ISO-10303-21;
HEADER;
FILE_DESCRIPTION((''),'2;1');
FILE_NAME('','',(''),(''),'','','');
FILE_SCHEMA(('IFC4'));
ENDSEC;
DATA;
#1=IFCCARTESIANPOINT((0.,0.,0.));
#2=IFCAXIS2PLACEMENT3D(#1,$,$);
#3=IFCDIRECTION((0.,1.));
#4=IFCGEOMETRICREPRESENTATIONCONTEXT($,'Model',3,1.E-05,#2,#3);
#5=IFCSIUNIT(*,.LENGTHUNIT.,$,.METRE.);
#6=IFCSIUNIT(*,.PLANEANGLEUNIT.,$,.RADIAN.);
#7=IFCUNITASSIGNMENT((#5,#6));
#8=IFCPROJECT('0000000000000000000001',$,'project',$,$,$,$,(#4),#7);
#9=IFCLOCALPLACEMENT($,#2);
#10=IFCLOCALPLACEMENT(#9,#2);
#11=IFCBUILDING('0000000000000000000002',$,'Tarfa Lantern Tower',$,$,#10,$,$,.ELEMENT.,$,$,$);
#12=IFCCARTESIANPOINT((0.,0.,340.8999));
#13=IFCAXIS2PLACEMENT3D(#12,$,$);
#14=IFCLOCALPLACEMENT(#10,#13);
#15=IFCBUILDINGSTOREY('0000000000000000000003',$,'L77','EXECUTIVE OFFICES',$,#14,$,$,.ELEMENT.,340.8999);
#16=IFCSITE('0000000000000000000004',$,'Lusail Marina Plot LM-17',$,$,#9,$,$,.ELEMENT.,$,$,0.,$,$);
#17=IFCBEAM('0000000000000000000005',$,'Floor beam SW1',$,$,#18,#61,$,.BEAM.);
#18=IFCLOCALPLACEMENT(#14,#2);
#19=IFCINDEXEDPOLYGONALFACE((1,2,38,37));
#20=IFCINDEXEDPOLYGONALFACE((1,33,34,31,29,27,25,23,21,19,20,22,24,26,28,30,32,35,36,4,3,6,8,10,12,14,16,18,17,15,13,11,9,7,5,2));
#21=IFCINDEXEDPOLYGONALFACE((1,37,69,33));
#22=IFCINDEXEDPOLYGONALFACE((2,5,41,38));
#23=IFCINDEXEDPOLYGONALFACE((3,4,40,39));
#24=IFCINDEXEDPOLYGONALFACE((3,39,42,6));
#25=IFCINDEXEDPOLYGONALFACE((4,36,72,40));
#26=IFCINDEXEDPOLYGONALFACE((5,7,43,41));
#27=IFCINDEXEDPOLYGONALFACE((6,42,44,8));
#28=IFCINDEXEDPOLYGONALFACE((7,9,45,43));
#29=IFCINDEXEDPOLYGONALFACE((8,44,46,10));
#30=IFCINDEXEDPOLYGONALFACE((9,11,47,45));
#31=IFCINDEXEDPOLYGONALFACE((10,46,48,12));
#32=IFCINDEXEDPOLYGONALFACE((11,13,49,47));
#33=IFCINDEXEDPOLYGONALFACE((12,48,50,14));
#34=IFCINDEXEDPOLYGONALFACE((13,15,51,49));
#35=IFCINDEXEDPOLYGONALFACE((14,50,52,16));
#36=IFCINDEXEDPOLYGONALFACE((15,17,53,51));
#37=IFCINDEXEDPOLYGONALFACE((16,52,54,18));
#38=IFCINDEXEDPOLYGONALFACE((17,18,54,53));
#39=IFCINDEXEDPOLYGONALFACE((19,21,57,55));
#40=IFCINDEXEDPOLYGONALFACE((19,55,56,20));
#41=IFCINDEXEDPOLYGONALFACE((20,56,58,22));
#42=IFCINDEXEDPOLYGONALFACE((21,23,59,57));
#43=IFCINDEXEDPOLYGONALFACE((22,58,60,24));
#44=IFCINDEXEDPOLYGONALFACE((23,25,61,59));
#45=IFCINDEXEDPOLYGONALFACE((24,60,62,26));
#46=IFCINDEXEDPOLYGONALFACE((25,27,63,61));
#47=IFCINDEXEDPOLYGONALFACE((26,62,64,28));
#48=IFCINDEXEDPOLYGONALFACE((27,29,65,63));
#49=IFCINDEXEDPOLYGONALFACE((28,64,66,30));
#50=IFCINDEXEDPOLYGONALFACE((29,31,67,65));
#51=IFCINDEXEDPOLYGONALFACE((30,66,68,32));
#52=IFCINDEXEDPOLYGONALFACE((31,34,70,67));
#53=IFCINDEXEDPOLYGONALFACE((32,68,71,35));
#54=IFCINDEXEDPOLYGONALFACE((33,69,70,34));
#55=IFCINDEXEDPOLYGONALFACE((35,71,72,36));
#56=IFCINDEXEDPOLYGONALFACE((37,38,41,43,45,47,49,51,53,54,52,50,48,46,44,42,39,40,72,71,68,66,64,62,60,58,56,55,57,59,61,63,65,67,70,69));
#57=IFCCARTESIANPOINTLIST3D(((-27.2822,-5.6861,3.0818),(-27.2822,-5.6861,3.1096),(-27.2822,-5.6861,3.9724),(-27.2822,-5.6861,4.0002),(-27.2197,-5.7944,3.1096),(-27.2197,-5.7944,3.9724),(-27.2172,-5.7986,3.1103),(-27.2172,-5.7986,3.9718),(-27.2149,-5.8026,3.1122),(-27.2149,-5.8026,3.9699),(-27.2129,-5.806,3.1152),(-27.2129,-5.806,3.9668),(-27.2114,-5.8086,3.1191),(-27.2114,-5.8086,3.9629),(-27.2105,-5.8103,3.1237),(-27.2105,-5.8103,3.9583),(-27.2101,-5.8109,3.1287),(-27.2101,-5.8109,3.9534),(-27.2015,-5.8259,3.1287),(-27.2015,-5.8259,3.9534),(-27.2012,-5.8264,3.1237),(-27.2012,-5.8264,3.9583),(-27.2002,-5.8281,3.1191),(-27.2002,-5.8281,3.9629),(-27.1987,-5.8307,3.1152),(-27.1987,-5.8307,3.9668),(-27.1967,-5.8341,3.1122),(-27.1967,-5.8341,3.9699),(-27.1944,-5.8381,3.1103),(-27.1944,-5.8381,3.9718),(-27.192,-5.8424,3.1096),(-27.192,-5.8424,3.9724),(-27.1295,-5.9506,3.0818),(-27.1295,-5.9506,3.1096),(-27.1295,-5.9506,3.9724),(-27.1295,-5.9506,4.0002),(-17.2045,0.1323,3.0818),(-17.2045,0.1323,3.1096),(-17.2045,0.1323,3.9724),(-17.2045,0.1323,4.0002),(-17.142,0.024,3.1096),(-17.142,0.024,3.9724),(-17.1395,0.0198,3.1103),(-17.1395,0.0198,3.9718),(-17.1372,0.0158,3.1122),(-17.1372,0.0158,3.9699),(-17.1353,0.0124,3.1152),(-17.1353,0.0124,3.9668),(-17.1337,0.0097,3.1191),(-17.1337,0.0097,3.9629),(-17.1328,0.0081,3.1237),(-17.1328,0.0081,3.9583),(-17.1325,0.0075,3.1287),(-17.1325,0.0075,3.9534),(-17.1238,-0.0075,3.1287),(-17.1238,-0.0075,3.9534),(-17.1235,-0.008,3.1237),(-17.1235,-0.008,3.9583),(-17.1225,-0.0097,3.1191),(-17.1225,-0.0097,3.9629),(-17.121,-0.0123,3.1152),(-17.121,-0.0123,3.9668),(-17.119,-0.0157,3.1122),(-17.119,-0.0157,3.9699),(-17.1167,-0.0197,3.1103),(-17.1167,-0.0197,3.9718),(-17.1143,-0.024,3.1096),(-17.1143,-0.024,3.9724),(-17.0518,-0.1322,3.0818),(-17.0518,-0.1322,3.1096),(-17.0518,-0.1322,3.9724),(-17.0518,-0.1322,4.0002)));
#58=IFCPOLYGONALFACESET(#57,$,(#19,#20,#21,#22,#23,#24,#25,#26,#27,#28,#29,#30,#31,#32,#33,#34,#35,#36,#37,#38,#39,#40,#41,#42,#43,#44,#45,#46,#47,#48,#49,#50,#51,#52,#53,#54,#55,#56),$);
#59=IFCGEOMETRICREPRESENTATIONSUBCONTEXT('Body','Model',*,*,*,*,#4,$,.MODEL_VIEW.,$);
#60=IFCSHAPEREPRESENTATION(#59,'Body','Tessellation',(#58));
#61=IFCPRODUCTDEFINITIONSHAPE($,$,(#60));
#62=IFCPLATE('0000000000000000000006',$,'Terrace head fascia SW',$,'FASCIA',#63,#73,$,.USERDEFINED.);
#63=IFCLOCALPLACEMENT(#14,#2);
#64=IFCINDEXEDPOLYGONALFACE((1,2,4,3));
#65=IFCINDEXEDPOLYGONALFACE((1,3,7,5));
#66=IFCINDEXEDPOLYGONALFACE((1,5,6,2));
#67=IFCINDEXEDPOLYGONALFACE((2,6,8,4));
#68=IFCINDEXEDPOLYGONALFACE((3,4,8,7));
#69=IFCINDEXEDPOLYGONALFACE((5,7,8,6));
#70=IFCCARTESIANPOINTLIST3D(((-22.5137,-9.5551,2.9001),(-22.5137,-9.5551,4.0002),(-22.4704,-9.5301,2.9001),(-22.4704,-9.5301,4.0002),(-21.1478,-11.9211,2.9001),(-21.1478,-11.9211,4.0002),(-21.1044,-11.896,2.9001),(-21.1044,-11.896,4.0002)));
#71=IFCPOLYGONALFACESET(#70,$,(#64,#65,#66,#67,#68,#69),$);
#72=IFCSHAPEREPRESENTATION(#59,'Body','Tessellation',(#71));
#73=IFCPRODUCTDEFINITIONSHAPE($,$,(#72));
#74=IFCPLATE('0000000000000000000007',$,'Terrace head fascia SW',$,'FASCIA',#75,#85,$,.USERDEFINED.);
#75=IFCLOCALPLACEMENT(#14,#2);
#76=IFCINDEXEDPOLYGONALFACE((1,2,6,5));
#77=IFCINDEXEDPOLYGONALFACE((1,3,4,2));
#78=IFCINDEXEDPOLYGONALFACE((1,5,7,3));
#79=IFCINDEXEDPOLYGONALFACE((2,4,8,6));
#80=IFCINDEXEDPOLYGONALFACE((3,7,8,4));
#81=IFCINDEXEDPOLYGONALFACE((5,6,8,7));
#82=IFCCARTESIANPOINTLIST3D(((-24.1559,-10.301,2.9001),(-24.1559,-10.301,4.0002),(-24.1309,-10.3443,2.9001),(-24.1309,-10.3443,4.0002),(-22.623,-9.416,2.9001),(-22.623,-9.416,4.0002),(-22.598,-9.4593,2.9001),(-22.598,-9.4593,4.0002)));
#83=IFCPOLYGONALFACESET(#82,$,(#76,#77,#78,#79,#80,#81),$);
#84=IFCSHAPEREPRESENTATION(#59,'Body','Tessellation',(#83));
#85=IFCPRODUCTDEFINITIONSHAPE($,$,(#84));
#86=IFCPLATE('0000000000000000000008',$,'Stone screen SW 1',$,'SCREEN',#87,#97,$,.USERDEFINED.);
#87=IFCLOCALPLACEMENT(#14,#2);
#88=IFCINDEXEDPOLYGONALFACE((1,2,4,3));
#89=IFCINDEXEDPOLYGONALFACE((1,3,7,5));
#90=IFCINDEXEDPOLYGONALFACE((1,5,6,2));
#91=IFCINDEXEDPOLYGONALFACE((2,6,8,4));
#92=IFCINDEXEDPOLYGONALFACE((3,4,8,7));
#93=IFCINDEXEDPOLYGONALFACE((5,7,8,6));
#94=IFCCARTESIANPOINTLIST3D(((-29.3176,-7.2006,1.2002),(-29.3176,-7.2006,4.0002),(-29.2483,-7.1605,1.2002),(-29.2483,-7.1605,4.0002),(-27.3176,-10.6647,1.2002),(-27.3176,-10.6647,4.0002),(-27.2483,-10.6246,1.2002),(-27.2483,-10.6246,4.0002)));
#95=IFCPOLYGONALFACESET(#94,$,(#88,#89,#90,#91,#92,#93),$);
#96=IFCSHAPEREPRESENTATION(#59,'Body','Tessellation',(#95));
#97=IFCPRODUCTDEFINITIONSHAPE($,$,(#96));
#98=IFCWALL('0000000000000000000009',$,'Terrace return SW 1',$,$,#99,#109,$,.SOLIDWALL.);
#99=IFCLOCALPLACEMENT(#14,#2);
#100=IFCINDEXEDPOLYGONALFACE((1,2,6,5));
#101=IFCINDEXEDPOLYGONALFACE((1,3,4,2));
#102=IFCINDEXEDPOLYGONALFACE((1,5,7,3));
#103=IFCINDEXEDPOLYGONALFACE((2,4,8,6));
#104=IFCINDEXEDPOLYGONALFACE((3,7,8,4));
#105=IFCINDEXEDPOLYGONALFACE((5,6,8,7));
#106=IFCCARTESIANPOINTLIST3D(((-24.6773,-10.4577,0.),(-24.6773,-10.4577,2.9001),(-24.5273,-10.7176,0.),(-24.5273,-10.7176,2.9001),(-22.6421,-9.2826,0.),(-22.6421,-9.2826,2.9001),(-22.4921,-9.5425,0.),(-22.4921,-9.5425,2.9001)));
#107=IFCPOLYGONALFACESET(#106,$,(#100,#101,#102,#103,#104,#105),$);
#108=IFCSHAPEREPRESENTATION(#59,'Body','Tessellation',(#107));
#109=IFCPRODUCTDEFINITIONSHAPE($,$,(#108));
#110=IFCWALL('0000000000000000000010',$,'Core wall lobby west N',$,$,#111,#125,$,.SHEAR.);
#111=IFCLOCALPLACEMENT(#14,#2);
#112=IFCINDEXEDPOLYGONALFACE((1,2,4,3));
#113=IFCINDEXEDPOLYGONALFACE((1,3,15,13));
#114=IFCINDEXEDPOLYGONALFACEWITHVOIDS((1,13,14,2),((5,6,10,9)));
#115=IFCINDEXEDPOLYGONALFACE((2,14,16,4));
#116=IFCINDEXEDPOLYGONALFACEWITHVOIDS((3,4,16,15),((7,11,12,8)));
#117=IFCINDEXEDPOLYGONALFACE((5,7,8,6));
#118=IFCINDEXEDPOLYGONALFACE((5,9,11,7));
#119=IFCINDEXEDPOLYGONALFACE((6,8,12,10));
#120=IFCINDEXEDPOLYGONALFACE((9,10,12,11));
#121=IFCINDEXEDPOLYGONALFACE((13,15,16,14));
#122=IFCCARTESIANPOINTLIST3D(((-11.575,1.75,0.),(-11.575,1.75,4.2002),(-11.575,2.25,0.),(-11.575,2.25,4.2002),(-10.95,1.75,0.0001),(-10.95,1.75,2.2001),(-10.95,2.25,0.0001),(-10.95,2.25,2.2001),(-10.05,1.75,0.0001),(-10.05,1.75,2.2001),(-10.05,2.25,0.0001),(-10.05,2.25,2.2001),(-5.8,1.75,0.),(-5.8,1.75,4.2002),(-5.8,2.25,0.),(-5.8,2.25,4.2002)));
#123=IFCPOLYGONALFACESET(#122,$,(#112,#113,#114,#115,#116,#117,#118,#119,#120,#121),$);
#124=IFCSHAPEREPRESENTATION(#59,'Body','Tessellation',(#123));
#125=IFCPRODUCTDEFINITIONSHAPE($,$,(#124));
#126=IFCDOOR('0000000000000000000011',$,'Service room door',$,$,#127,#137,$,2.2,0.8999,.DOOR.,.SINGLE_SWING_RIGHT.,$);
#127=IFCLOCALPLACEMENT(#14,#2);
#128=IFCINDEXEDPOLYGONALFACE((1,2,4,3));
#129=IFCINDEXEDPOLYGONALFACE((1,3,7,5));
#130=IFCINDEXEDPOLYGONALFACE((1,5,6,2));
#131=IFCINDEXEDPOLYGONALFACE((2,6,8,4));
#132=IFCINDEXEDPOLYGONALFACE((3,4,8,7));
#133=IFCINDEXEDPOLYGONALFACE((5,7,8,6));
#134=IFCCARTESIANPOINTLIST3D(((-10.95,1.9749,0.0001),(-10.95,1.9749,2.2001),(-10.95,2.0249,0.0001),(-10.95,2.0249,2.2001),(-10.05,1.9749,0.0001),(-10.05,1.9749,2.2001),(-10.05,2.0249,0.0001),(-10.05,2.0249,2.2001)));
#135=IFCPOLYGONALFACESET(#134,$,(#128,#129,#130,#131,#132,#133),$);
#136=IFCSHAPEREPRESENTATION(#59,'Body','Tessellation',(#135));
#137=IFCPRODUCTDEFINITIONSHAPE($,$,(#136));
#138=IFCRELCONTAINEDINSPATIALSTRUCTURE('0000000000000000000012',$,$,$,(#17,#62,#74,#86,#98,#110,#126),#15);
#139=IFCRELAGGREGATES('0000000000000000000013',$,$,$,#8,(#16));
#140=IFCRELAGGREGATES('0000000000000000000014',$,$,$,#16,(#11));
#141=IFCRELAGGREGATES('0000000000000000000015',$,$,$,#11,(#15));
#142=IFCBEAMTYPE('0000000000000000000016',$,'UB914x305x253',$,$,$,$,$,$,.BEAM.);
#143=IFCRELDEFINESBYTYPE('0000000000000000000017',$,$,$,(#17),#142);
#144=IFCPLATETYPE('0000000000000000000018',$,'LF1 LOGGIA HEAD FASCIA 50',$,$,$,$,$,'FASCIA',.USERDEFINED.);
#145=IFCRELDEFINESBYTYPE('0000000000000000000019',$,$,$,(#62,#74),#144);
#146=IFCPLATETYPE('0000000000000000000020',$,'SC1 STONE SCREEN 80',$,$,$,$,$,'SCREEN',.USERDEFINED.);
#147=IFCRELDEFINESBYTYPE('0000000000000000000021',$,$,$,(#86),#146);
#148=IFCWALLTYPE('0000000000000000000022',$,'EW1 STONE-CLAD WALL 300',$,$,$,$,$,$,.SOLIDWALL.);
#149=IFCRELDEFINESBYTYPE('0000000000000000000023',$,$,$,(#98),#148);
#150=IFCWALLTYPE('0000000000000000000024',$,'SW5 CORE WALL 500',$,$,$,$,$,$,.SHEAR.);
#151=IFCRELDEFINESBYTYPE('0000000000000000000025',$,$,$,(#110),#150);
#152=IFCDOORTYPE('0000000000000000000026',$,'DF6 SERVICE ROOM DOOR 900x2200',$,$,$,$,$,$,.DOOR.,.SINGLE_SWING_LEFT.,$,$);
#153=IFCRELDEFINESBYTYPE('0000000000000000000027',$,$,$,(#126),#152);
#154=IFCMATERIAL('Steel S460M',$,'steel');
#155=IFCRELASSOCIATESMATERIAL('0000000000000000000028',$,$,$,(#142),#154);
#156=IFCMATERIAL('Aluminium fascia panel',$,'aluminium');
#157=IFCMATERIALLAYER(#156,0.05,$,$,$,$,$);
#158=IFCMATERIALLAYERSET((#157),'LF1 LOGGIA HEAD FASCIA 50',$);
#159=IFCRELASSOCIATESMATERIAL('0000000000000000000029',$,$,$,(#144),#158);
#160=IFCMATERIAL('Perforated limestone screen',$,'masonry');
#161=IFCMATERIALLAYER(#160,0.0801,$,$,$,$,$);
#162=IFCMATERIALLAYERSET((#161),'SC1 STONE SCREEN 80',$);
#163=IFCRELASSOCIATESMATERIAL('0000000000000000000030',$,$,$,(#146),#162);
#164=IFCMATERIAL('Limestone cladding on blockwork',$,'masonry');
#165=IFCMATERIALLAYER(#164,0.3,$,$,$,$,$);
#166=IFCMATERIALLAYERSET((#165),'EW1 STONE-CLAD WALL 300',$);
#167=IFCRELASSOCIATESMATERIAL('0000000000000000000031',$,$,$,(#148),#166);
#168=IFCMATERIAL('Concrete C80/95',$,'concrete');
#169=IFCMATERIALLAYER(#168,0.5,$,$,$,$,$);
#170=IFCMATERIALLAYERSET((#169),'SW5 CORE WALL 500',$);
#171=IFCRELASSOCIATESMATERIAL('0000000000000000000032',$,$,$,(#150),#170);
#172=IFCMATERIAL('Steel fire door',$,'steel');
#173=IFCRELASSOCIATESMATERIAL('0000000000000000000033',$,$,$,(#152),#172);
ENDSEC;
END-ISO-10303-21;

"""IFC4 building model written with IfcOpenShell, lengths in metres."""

from ifc_helpers import new_model, si_unit, direction, frame, frame_2d, origin, origin_2d, place, context, subcontext, project, spatial, rectangle, i_section, extrude, material, layer, layer_set, material_profile, profile_set, type_object, element, fill, save


model = new_model("IFC4")

# Units and contexts
model_context = context("Model", 3, precision=1e-05, world=origin(), true_north=direction((0.0, 1.0)))
body_context = subcontext(model_context, "Body", "Model", "MODEL_VIEW")
ifc_project = project(units=[si_unit("LENGTHUNIT", "METRE"), si_unit("PLANEANGLEUNIT", "RADIAN")], contexts=[model_context])

# Site, building, storey
site_placement = place(None, origin())
site = spatial("IfcSite", under=ifc_project, at=site_placement, Name="Lusail Marina Plot LM-17", CompositionType="ELEMENT", RefElevation=0.0)
building_placement = place(site_placement, origin())
building = spatial("IfcBuilding", under=site, at=building_placement, Name="Tarfa Lantern Tower", CompositionType="ELEMENT")
storey_placement = place(building_placement, frame((0.0, 0.0, 340.8999)))
storey = spatial("IfcBuildingStorey", under=building, at=storey_placement, Name="L77", Description="EXECUTIVE OFFICES", CompositionType="ELEMENT", Elevation=340.8999)

# Shared definitions
ifc_material_1 = material(Name="Concrete C80/95", Category="concrete")

# Beam
ifc_material_2 = material(Name="Steel S460M", Category="steel")
ifc_material_profile_1 = material_profile(ifc_material_2, i_section(OverallWidth=0.3054, OverallDepth=0.9185, WebThickness=0.0173, FlangeThickness=0.0278, FilletRadius=0.019, at=origin_2d()), Name="UB914x305x253")
ifc_profile_set_1 = profile_set([ifc_material_profile_1], Name="Steel S460M")
beam_type_1 = type_object("IfcBeamType", Name="UB914x305x253", PredefinedType="BEAM", material=ifc_profile_set_1)
beam_1_placement = place(storey_placement, frame((-27.2058, -5.8184, 3.541), z_axis=(0.866024, 0.500002, 0.0), x_axis=(-0.500002, 0.866024, 0.0)))
element("IfcBeam", 1, at=beam_1_placement, inside=storey, type_object=beam_type_1, Name="Floor beam SW1", PredefinedType="BEAM", context=body_context, shape_type="SweptSolid", body=[
    extrude(i_section(OverallWidth=0.3054, OverallDepth=0.9185, WebThickness=0.0173, FlangeThickness=0.0278, FilletRadius=0.019, at=origin_2d()), origin(), (0.0, 0.0, 1.0), 11.6367),
])

# Plates
ifc_material_3 = material(Name="Aluminium fascia panel", Category="aluminium")
ifc_layer_1 = layer(ifc_material_3, 0.05)
ifc_layer_set_1 = layer_set([ifc_layer_1], Name="LF1 LOGGIA HEAD FASCIA 50")
plate_type_1 = type_object("IfcPlateType", Name="LF1 LOGGIA HEAD FASCIA 50", ElementType="FASCIA", PredefinedType="USERDEFINED", material=ifc_layer_set_1)
plate_1_placement = place(storey_placement, frame((-21.8091, -10.7256, 2.9001), z_axis=(0.0, 0.0, 1.0), x_axis=(0.5, -0.866025, 0.0)))
element("IfcPlate", 2, at=plate_1_placement, inside=storey, type_object=plate_type_1, Name="Terrace head fascia SW", ObjectType="FASCIA", PredefinedType="USERDEFINED", context=body_context, shape_type="SweptSolid", body=[
    extrude(rectangle(XDim=2.7319, YDim=0.05, at=origin_2d()), origin(), (0.0, 0.0, 1.0), 1.1001),
])
plate_2_placement = place(storey_placement, frame((-23.377, -9.8801, 2.9001), z_axis=(0.0, 0.0, 1.0), x_axis=(0.866025, 0.5, 0.0)))
element("IfcPlate", 3, at=plate_2_placement, inside=storey, type_object=plate_type_1, Name="Terrace head fascia SW", ObjectType="FASCIA", PredefinedType="USERDEFINED", context=body_context, shape_type="SweptSolid", body=[
    extrude(rectangle(XDim=1.77, YDim=0.05, at=origin_2d()), origin(), (0.0, 0.0, 1.0), 1.1001),
])
ifc_material_4 = material(Name="Perforated limestone screen", Category="masonry")
ifc_layer_2 = layer(ifc_material_4, 0.0801)
ifc_layer_set_2 = layer_set([ifc_layer_2], Name="SC1 STONE SCREEN 80")
plate_type_2 = type_object("IfcPlateType", Name="SC1 STONE SCREEN 80", ElementType="SCREEN", PredefinedType="USERDEFINED", material=ifc_layer_set_2)
plate_3_placement = place(storey_placement, frame((-28.283, -8.9126, 1.2002), z_axis=(0.0, 0.0, 1.0), x_axis=(0.5, -0.866025, 0.0)))
element("IfcPlate", 4, at=plate_3_placement, inside=storey, type_object=plate_type_2, Name="Stone screen SW 1", ObjectType="SCREEN", PredefinedType="USERDEFINED", context=body_context, shape_type="SweptSolid", body=[
    extrude(rectangle(XDim=4.0, YDim=0.0801, at=origin_2d()), origin(), (0.0, 0.0, 1.0), 2.8),
])

# Shared definitions
ifc_material_5 = material(Name="Limestone cladding on blockwork", Category="masonry")
ifc_layer_3 = layer(ifc_material_5, 0.3)
ifc_layer_set_3 = layer_set([ifc_layer_3], Name="EW1 STONE-CLAD WALL 300")
wall_type_1 = type_object("IfcWallType", Name="EW1 STONE-CLAD WALL 300", PredefinedType="SOLIDWALL", material=ifc_layer_set_3)

# Wall
wall_1_placement = place(storey_placement, frame((-24.6023, -10.5876, 0.0), z_axis=(0.0, 0.0, 1.0), x_axis=(0.866016, 0.500016, 0.0)))
element("IfcWall", 5, at=wall_1_placement, inside=storey, type_object=wall_type_1, Name="Terrace return SW 1", PredefinedType="SOLIDWALL", context=body_context, shape_type="SweptSolid", body=[
    extrude(rectangle(XDim=2.3501, YDim=0.3, at=frame_2d((1.175, 0.0))), origin(), (0.0, 0.0, 1.0), 2.9001),
])

# Wall, opening, door
ifc_layer_4 = layer(ifc_material_1, 0.5)
ifc_layer_set_4 = layer_set([ifc_layer_4], Name="SW5 CORE WALL 500")
wall_type_2 = type_object("IfcWallType", Name="SW5 CORE WALL 500", PredefinedType="SHEAR", material=ifc_layer_set_4)
wall_2_placement = place(storey_placement, frame((-11.575, 2.0, 0.0), z_axis=(0.0, 0.0, 1.0), x_axis=(1.0, 0.0, 0.0)))
wall_2 = element("IfcWall", 6, at=wall_2_placement, inside=storey, type_object=wall_type_2, Name="Core wall lobby west N", PredefinedType="SHEAR", context=body_context, shape_type="SweptSolid", body=[
    extrude(rectangle(XDim=5.7749, YDim=0.5, at=frame_2d((2.8875, 0.0))), origin(), (0.0, 0.0, 1.0), 4.2002),
])
opening_1_placement = place(wall_2_placement, frame((0.625, 0.0, 0.0)))
opening_1 = element("IfcOpeningElement", 7, at=opening_1_placement, cuts=wall_2, PredefinedType="OPENING", context=body_context, shape_type="SweptSolid", body=[
    extrude(rectangle(XDim=0.8999, YDim=2.2, at=frame_2d((0.45, 1.1001))), frame((0.0, 0.26, 0.0), z_axis=(0.0, -1.0, 0.0), x_axis=(1.0, 0.0, 0.0)), (0.0, 0.0, 1.0), 0.52),
])
ifc_material_6 = material(Name="Steel fire door", Category="steel")
door_type_1 = type_object("IfcDoorType", Name="DF6 SERVICE ROOM DOOR 900x2200", OperationType="SINGLE_SWING_LEFT", PredefinedType="DOOR", material=ifc_material_6)
door_1_placement = place(opening_1_placement, origin())
door_1 = element("IfcDoor", 8, at=door_1_placement, inside=storey, type_object=door_type_1, Name="Service room door", OperationType="SINGLE_SWING_RIGHT", OverallHeight=2.2, OverallWidth=0.8999, PredefinedType="DOOR", context=body_context, shape_type="SweptSolid", body=[
    extrude(rectangle(XDim=0.8999, YDim=2.2, at=frame_2d((0.45, 1.1001))), frame((0.0, 0.0249, 0.0), z_axis=(0.0, -1.0, 0.0), x_axis=(1.0, 0.0, 0.0)), (0.0, 0.0, 1.0), 0.05),
])
fill(opening_1, door_1)

save(model, "model.ifc")
